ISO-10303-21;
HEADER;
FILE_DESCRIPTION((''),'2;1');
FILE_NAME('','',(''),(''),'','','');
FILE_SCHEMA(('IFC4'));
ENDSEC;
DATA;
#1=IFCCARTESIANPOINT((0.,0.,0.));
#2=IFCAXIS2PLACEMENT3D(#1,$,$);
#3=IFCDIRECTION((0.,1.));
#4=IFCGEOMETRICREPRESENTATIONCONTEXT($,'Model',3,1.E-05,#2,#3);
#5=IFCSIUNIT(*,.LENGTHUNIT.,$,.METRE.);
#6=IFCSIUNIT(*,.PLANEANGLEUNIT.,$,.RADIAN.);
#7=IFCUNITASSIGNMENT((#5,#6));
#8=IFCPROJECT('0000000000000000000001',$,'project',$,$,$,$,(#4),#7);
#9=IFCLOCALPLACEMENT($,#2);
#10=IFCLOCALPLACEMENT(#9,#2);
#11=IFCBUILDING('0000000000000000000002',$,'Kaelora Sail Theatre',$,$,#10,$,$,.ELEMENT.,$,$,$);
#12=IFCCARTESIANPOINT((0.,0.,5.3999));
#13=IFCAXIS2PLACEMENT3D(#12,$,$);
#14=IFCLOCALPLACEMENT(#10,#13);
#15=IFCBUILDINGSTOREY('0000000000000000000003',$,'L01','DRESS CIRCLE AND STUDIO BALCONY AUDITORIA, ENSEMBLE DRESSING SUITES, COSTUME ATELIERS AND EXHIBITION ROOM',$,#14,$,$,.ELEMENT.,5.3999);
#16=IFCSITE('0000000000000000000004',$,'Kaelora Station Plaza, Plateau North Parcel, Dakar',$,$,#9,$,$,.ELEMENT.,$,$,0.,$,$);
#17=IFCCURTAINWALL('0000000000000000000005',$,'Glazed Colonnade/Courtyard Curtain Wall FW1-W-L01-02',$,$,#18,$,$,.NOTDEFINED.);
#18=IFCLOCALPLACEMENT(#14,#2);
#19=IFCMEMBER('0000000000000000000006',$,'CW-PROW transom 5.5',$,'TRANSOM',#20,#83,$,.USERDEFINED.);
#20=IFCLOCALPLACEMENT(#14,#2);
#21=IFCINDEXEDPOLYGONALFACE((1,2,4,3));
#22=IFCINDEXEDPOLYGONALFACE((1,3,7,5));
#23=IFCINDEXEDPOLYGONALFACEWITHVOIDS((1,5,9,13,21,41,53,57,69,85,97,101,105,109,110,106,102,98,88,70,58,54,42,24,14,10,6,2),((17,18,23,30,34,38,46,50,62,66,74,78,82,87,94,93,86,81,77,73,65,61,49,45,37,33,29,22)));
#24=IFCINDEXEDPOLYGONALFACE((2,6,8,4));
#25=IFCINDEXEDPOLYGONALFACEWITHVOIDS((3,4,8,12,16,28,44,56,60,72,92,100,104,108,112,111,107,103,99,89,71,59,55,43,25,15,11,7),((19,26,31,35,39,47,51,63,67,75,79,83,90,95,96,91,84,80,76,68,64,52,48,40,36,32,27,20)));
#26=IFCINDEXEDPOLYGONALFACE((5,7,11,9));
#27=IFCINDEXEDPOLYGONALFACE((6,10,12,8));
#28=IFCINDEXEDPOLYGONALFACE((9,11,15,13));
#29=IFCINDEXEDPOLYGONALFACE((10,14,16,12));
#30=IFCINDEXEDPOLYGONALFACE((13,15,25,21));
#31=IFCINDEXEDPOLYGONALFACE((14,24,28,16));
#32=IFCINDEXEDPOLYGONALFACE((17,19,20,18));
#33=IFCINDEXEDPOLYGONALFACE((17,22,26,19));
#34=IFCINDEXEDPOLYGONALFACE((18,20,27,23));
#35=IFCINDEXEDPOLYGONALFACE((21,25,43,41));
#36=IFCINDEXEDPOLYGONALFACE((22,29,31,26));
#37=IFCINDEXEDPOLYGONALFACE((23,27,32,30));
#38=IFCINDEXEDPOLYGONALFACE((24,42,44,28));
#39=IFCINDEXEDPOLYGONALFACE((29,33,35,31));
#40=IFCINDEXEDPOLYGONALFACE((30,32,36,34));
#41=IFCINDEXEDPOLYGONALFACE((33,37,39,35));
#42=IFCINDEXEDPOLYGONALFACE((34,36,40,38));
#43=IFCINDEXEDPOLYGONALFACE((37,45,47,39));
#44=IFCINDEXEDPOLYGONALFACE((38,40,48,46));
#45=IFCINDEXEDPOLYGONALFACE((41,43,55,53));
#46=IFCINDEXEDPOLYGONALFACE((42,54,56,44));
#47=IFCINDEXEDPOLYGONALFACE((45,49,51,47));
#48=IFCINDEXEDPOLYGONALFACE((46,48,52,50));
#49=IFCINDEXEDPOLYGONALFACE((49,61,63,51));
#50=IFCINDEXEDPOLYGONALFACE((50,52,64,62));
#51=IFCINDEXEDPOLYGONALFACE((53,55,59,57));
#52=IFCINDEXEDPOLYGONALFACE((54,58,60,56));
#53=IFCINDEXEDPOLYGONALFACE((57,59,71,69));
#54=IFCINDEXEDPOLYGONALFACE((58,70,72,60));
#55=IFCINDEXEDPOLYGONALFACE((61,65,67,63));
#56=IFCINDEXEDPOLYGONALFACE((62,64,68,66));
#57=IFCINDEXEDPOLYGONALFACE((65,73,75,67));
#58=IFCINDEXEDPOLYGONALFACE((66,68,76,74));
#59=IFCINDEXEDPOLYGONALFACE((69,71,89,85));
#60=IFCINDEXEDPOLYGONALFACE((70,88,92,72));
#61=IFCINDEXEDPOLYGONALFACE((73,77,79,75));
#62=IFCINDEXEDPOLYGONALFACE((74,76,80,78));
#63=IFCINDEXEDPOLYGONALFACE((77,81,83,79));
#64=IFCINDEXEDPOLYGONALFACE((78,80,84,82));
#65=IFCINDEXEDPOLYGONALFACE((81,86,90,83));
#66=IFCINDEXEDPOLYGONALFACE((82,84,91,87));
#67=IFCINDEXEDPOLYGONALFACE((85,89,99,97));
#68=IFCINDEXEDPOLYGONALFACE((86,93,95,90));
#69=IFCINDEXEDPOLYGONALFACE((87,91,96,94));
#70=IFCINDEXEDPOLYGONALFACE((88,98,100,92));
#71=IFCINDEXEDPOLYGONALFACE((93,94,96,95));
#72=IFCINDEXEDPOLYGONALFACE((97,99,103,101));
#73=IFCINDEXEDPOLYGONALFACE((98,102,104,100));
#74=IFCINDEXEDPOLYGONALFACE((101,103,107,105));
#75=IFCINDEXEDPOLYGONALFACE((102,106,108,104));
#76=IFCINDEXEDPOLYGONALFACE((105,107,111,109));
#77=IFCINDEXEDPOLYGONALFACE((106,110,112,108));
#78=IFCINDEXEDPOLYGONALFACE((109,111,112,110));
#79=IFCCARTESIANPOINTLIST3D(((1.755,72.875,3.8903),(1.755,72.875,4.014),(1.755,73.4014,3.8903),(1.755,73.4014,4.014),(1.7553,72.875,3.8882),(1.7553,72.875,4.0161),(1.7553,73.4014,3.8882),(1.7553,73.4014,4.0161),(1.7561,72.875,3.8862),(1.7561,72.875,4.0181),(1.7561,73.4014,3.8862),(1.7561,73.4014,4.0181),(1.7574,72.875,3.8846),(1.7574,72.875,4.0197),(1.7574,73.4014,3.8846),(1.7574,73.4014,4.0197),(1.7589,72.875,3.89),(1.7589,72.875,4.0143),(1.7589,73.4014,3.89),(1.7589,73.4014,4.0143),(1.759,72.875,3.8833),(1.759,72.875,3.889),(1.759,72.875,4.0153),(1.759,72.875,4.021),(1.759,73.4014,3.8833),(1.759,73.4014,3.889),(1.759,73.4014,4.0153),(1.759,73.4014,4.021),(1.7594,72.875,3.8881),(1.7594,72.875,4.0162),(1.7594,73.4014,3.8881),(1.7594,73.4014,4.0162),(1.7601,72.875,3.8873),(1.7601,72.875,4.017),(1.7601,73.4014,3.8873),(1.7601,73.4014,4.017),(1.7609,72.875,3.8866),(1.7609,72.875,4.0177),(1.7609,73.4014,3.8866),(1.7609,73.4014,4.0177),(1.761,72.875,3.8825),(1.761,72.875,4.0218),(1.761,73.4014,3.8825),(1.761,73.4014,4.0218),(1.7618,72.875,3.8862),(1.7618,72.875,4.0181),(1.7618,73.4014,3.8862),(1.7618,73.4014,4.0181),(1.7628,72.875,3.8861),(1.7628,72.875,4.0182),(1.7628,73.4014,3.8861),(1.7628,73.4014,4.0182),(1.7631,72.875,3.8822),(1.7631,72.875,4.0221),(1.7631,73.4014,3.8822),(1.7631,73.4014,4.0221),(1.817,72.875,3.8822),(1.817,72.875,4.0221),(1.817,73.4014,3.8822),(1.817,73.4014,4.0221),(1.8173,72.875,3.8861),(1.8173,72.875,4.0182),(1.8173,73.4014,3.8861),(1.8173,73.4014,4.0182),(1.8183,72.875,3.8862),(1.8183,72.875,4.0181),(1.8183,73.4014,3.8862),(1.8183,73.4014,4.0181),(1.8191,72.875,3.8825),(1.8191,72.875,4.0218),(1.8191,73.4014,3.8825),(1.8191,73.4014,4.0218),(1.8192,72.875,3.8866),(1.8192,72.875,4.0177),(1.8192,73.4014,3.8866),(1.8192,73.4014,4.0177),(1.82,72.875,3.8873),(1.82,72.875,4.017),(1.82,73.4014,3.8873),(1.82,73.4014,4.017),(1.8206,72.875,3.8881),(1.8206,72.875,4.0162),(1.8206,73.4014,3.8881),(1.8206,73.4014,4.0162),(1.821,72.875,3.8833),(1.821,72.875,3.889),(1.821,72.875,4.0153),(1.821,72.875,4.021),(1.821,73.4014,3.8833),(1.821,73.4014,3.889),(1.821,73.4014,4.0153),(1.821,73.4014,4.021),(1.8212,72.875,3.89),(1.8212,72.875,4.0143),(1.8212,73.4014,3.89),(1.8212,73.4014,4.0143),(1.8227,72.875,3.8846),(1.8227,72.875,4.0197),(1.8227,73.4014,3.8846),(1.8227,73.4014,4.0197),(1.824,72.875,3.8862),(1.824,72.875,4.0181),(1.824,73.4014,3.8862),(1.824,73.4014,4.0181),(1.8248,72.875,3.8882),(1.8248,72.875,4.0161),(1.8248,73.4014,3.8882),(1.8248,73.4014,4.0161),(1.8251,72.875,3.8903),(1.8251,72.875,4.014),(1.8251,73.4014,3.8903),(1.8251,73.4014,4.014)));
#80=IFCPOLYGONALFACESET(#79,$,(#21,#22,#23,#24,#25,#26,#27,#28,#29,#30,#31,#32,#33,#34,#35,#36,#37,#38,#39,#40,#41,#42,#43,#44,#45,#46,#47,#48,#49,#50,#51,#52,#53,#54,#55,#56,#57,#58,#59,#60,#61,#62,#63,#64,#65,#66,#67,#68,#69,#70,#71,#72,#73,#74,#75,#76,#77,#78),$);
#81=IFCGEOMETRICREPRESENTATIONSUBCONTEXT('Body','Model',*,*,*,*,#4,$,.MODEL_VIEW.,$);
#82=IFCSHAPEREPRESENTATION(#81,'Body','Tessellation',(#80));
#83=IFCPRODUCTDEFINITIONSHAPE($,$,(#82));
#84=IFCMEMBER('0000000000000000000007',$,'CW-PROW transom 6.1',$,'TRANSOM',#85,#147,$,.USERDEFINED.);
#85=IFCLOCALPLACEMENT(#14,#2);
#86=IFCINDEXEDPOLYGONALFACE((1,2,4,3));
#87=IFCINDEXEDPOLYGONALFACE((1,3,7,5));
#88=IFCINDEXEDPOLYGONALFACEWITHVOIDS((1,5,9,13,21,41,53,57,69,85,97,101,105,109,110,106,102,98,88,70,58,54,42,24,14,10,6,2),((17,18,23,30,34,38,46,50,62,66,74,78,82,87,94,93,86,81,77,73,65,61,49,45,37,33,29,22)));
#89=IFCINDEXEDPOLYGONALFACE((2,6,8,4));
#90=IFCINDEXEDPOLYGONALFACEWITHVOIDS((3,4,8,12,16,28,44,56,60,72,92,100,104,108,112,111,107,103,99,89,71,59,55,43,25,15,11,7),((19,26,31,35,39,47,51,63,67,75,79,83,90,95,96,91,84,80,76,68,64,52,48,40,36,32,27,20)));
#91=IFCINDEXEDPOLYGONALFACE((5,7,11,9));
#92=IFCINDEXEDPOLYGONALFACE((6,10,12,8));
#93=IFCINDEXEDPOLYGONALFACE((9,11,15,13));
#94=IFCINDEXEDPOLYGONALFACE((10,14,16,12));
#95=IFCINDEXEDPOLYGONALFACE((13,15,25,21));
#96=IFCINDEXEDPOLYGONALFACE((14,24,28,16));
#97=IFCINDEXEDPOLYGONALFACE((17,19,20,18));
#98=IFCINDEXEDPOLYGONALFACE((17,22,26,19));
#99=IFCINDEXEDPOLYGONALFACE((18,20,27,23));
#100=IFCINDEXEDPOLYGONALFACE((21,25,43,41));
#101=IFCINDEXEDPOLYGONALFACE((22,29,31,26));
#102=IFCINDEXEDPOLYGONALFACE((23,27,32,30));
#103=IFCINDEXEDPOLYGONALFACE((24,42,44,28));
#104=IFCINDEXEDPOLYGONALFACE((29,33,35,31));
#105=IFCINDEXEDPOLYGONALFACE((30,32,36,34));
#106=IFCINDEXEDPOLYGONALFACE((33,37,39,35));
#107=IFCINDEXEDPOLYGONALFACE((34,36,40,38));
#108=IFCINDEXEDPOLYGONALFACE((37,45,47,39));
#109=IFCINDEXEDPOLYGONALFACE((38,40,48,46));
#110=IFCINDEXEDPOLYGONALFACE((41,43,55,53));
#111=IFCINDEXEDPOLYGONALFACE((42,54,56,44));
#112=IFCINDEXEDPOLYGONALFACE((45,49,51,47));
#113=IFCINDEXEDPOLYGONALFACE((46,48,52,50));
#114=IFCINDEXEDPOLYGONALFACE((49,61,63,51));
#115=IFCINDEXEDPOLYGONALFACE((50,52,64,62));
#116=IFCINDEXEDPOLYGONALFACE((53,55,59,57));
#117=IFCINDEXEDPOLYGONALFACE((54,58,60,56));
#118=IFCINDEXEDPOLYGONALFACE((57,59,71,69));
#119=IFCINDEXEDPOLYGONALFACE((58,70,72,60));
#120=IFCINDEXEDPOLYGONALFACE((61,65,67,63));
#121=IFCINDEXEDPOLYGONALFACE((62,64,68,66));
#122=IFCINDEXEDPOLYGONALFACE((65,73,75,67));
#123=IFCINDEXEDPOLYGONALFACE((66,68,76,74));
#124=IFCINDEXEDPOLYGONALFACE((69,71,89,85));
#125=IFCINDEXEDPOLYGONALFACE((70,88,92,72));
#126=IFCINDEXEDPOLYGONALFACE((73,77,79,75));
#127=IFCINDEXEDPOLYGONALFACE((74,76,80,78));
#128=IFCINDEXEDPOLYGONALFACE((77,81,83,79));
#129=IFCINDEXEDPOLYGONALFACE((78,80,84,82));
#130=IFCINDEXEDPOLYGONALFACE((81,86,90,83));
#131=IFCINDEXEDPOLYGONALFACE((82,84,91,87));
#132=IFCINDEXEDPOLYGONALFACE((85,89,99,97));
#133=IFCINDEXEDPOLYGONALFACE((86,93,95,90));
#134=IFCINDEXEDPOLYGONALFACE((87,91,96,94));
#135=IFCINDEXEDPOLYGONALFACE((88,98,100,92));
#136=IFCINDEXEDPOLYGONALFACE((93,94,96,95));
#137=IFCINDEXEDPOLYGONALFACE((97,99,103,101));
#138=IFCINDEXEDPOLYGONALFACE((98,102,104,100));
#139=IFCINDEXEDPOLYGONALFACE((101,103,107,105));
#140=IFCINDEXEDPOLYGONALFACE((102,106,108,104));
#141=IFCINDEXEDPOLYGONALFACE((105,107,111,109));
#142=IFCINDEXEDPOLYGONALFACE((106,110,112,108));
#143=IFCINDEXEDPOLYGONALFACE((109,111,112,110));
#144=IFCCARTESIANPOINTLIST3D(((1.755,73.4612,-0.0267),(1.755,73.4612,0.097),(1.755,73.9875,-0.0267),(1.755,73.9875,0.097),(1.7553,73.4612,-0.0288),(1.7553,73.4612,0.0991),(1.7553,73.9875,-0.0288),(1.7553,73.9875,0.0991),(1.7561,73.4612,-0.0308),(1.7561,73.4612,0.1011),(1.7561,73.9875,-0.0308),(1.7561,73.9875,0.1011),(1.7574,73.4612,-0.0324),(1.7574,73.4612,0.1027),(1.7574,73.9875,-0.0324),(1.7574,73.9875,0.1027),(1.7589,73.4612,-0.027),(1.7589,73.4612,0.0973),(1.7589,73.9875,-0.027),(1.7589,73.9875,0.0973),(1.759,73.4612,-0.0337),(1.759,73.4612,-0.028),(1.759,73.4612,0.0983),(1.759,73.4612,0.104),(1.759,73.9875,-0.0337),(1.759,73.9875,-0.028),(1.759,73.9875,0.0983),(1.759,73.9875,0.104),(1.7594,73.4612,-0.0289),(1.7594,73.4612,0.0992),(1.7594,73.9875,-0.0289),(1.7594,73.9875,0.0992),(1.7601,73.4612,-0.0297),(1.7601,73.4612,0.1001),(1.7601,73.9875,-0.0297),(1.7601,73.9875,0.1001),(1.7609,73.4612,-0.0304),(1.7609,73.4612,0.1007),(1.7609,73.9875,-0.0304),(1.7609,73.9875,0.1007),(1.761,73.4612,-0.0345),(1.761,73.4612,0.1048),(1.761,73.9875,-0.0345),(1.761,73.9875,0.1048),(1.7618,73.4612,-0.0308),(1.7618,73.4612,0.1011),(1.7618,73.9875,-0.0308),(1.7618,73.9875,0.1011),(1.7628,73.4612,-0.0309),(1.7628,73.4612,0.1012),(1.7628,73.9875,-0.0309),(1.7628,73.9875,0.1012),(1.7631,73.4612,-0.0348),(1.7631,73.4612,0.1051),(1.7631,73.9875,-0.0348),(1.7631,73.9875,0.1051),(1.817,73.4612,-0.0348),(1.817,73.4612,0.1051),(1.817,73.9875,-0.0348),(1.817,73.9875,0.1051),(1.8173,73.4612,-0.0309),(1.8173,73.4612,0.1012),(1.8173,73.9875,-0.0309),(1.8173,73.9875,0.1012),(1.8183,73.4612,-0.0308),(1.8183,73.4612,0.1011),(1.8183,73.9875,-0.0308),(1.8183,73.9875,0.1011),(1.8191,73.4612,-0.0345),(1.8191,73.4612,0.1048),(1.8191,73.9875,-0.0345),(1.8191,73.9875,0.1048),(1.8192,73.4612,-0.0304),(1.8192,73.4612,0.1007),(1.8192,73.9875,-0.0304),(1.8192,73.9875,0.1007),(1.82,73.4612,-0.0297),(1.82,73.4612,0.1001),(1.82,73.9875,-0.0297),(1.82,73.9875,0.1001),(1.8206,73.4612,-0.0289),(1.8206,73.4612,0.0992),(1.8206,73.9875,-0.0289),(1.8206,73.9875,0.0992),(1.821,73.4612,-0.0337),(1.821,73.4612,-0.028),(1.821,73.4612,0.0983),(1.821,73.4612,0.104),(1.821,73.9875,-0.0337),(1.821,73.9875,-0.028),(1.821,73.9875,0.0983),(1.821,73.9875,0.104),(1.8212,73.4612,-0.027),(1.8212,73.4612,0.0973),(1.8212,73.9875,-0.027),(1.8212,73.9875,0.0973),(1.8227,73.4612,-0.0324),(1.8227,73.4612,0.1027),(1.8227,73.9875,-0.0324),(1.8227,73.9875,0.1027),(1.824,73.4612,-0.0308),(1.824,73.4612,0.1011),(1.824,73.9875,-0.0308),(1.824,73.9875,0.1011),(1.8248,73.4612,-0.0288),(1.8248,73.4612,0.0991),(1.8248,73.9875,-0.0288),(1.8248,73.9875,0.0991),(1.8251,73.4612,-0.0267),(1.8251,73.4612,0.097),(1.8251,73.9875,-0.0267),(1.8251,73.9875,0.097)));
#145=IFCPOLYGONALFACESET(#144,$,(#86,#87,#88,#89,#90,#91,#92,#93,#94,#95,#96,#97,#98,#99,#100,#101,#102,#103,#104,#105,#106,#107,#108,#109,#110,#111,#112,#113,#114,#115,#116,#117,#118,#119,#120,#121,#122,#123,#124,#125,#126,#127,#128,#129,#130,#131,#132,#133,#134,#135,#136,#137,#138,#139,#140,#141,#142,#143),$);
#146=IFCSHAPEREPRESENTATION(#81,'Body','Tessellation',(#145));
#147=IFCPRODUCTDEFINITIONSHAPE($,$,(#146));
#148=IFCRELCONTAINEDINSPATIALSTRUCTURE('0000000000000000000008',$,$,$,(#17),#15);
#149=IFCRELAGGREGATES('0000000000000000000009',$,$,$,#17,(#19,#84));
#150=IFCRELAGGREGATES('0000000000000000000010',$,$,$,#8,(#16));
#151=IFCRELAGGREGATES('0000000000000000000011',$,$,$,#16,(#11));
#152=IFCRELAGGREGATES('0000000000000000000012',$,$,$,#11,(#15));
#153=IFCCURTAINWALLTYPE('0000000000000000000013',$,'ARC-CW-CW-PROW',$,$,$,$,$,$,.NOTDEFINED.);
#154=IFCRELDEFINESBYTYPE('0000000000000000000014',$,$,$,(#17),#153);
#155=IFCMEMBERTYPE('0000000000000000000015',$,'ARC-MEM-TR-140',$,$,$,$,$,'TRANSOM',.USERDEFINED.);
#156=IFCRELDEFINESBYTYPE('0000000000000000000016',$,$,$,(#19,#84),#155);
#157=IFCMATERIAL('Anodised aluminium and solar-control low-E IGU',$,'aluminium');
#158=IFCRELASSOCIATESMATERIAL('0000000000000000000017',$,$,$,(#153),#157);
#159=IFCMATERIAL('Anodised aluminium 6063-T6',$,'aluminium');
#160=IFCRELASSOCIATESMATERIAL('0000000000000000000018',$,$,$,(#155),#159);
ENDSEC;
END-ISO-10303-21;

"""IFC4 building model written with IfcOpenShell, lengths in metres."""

from ifc_helpers import new_model, si_unit, direction, frame, origin, origin_2d, place, context, subcontext, project, spatial, hollow_rectangle, extrude, material, material_profile, profile_set, type_object, element, aggregate, save


model = new_model("IFC4")

# Units and contexts
model_context = context("Model", 3, precision=1e-05, world=origin(), true_north=direction((0.0, 1.0)))
body_context = subcontext(model_context, "Body", "Model", "MODEL_VIEW")
ifc_project = project(units=[si_unit("LENGTHUNIT", "METRE"), si_unit("PLANEANGLEUNIT", "RADIAN")], contexts=[model_context])

# Site, building, storey
site_placement = place(None, origin())
site = spatial("IfcSite", under=ifc_project, at=site_placement, Name="Kaelora Station Plaza, Plateau North Parcel, Dakar", CompositionType="ELEMENT", RefElevation=0.0)
building_placement = place(site_placement, origin())
building = spatial("IfcBuilding", under=site, at=building_placement, Name="Kaelora Sail Theatre", CompositionType="ELEMENT")
storey_placement = place(building_placement, frame((0.0, 0.0, 5.3999)))
storey = spatial("IfcBuildingStorey", under=building, at=storey_placement, Name="L01", Description="DRESS CIRCLE AND STUDIO BALCONY AUDITORIA, ENSEMBLE DRESSING SUITES, COSTUME ATELIERS AND EXHIBITION ROOM", CompositionType="ELEMENT", Elevation=5.3999)

# Curtain wall, members
ifc_material_1 = material(Name="Anodised aluminium and solar-control low-E IGU", Category="aluminium")
curtain_wall_type = type_object("IfcCurtainWallType", Name="ARC-CW-CW-PROW", PredefinedType="NOTDEFINED", material=ifc_material_1)
curtain_wall_placement = place(storey_placement, origin())
curtain_wall = element("IfcCurtainWall", 1, at=curtain_wall_placement, inside=storey, type_object=curtain_wall_type, Name="Glazed Colonnade/Courtyard Curtain Wall FW1-W-L01-02", PredefinedType="NOTDEFINED")
ifc_material_2 = material(Name="Anodised aluminium 6063-T6", Category="aluminium")
ifc_material_profile_1 = material_profile(ifc_material_2, hollow_rectangle(XDim=0.0701, YDim=0.1399, WallThickness=0.0039, InnerFilletRadius=0.0039, OuterFilletRadius=0.0081, at=origin_2d()), Name="ALU-TRAN 70x140x4")
ifc_profile_set_1 = profile_set([ifc_material_profile_1], Name="Anodised aluminium 6063-T6")
member_type_1 = type_object("IfcMemberType", Name="ARC-MEM-TR-140", ElementType="TRANSOM", PredefinedType="USERDEFINED", material=ifc_profile_set_1)
member_1_placement = place(storey_placement, frame((1.79, 72.875, 3.9521), z_axis=(0.0, 1.0, 0.0), x_axis=(-1.0, 0.0, 0.0)))
member_1 = element("IfcMember", 2, at=member_1_placement, type_object=member_type_1, Name="CW-PROW transom 5.5", ObjectType="TRANSOM", PredefinedType="USERDEFINED", context=body_context, shape_type="SweptSolid", body=[
    extrude(hollow_rectangle(XDim=0.0701, YDim=0.1399, WallThickness=0.0039, InnerFilletRadius=0.0039, OuterFilletRadius=0.0081, at=origin_2d()), origin(), (0.0, 0.0, 1.0), 0.5264),
])
member_2_placement = place(storey_placement, frame((1.79, 73.4612, 0.0352), z_axis=(0.0, 1.0, 0.0), x_axis=(-1.0, 0.0, 0.0)))
member_2 = element("IfcMember", 3, at=member_2_placement, type_object=member_type_1, Name="CW-PROW transom 6.1", ObjectType="TRANSOM", PredefinedType="USERDEFINED", context=body_context, shape_type="SweptSolid", body=[
    extrude(hollow_rectangle(XDim=0.0701, YDim=0.1399, WallThickness=0.0039, InnerFilletRadius=0.0039, OuterFilletRadius=0.0081, at=origin_2d()), origin(), (0.0, 0.0, 1.0), 0.5264),
])

aggregate(curtain_wall, [member_1, member_2])

save(model, "model.ifc")
